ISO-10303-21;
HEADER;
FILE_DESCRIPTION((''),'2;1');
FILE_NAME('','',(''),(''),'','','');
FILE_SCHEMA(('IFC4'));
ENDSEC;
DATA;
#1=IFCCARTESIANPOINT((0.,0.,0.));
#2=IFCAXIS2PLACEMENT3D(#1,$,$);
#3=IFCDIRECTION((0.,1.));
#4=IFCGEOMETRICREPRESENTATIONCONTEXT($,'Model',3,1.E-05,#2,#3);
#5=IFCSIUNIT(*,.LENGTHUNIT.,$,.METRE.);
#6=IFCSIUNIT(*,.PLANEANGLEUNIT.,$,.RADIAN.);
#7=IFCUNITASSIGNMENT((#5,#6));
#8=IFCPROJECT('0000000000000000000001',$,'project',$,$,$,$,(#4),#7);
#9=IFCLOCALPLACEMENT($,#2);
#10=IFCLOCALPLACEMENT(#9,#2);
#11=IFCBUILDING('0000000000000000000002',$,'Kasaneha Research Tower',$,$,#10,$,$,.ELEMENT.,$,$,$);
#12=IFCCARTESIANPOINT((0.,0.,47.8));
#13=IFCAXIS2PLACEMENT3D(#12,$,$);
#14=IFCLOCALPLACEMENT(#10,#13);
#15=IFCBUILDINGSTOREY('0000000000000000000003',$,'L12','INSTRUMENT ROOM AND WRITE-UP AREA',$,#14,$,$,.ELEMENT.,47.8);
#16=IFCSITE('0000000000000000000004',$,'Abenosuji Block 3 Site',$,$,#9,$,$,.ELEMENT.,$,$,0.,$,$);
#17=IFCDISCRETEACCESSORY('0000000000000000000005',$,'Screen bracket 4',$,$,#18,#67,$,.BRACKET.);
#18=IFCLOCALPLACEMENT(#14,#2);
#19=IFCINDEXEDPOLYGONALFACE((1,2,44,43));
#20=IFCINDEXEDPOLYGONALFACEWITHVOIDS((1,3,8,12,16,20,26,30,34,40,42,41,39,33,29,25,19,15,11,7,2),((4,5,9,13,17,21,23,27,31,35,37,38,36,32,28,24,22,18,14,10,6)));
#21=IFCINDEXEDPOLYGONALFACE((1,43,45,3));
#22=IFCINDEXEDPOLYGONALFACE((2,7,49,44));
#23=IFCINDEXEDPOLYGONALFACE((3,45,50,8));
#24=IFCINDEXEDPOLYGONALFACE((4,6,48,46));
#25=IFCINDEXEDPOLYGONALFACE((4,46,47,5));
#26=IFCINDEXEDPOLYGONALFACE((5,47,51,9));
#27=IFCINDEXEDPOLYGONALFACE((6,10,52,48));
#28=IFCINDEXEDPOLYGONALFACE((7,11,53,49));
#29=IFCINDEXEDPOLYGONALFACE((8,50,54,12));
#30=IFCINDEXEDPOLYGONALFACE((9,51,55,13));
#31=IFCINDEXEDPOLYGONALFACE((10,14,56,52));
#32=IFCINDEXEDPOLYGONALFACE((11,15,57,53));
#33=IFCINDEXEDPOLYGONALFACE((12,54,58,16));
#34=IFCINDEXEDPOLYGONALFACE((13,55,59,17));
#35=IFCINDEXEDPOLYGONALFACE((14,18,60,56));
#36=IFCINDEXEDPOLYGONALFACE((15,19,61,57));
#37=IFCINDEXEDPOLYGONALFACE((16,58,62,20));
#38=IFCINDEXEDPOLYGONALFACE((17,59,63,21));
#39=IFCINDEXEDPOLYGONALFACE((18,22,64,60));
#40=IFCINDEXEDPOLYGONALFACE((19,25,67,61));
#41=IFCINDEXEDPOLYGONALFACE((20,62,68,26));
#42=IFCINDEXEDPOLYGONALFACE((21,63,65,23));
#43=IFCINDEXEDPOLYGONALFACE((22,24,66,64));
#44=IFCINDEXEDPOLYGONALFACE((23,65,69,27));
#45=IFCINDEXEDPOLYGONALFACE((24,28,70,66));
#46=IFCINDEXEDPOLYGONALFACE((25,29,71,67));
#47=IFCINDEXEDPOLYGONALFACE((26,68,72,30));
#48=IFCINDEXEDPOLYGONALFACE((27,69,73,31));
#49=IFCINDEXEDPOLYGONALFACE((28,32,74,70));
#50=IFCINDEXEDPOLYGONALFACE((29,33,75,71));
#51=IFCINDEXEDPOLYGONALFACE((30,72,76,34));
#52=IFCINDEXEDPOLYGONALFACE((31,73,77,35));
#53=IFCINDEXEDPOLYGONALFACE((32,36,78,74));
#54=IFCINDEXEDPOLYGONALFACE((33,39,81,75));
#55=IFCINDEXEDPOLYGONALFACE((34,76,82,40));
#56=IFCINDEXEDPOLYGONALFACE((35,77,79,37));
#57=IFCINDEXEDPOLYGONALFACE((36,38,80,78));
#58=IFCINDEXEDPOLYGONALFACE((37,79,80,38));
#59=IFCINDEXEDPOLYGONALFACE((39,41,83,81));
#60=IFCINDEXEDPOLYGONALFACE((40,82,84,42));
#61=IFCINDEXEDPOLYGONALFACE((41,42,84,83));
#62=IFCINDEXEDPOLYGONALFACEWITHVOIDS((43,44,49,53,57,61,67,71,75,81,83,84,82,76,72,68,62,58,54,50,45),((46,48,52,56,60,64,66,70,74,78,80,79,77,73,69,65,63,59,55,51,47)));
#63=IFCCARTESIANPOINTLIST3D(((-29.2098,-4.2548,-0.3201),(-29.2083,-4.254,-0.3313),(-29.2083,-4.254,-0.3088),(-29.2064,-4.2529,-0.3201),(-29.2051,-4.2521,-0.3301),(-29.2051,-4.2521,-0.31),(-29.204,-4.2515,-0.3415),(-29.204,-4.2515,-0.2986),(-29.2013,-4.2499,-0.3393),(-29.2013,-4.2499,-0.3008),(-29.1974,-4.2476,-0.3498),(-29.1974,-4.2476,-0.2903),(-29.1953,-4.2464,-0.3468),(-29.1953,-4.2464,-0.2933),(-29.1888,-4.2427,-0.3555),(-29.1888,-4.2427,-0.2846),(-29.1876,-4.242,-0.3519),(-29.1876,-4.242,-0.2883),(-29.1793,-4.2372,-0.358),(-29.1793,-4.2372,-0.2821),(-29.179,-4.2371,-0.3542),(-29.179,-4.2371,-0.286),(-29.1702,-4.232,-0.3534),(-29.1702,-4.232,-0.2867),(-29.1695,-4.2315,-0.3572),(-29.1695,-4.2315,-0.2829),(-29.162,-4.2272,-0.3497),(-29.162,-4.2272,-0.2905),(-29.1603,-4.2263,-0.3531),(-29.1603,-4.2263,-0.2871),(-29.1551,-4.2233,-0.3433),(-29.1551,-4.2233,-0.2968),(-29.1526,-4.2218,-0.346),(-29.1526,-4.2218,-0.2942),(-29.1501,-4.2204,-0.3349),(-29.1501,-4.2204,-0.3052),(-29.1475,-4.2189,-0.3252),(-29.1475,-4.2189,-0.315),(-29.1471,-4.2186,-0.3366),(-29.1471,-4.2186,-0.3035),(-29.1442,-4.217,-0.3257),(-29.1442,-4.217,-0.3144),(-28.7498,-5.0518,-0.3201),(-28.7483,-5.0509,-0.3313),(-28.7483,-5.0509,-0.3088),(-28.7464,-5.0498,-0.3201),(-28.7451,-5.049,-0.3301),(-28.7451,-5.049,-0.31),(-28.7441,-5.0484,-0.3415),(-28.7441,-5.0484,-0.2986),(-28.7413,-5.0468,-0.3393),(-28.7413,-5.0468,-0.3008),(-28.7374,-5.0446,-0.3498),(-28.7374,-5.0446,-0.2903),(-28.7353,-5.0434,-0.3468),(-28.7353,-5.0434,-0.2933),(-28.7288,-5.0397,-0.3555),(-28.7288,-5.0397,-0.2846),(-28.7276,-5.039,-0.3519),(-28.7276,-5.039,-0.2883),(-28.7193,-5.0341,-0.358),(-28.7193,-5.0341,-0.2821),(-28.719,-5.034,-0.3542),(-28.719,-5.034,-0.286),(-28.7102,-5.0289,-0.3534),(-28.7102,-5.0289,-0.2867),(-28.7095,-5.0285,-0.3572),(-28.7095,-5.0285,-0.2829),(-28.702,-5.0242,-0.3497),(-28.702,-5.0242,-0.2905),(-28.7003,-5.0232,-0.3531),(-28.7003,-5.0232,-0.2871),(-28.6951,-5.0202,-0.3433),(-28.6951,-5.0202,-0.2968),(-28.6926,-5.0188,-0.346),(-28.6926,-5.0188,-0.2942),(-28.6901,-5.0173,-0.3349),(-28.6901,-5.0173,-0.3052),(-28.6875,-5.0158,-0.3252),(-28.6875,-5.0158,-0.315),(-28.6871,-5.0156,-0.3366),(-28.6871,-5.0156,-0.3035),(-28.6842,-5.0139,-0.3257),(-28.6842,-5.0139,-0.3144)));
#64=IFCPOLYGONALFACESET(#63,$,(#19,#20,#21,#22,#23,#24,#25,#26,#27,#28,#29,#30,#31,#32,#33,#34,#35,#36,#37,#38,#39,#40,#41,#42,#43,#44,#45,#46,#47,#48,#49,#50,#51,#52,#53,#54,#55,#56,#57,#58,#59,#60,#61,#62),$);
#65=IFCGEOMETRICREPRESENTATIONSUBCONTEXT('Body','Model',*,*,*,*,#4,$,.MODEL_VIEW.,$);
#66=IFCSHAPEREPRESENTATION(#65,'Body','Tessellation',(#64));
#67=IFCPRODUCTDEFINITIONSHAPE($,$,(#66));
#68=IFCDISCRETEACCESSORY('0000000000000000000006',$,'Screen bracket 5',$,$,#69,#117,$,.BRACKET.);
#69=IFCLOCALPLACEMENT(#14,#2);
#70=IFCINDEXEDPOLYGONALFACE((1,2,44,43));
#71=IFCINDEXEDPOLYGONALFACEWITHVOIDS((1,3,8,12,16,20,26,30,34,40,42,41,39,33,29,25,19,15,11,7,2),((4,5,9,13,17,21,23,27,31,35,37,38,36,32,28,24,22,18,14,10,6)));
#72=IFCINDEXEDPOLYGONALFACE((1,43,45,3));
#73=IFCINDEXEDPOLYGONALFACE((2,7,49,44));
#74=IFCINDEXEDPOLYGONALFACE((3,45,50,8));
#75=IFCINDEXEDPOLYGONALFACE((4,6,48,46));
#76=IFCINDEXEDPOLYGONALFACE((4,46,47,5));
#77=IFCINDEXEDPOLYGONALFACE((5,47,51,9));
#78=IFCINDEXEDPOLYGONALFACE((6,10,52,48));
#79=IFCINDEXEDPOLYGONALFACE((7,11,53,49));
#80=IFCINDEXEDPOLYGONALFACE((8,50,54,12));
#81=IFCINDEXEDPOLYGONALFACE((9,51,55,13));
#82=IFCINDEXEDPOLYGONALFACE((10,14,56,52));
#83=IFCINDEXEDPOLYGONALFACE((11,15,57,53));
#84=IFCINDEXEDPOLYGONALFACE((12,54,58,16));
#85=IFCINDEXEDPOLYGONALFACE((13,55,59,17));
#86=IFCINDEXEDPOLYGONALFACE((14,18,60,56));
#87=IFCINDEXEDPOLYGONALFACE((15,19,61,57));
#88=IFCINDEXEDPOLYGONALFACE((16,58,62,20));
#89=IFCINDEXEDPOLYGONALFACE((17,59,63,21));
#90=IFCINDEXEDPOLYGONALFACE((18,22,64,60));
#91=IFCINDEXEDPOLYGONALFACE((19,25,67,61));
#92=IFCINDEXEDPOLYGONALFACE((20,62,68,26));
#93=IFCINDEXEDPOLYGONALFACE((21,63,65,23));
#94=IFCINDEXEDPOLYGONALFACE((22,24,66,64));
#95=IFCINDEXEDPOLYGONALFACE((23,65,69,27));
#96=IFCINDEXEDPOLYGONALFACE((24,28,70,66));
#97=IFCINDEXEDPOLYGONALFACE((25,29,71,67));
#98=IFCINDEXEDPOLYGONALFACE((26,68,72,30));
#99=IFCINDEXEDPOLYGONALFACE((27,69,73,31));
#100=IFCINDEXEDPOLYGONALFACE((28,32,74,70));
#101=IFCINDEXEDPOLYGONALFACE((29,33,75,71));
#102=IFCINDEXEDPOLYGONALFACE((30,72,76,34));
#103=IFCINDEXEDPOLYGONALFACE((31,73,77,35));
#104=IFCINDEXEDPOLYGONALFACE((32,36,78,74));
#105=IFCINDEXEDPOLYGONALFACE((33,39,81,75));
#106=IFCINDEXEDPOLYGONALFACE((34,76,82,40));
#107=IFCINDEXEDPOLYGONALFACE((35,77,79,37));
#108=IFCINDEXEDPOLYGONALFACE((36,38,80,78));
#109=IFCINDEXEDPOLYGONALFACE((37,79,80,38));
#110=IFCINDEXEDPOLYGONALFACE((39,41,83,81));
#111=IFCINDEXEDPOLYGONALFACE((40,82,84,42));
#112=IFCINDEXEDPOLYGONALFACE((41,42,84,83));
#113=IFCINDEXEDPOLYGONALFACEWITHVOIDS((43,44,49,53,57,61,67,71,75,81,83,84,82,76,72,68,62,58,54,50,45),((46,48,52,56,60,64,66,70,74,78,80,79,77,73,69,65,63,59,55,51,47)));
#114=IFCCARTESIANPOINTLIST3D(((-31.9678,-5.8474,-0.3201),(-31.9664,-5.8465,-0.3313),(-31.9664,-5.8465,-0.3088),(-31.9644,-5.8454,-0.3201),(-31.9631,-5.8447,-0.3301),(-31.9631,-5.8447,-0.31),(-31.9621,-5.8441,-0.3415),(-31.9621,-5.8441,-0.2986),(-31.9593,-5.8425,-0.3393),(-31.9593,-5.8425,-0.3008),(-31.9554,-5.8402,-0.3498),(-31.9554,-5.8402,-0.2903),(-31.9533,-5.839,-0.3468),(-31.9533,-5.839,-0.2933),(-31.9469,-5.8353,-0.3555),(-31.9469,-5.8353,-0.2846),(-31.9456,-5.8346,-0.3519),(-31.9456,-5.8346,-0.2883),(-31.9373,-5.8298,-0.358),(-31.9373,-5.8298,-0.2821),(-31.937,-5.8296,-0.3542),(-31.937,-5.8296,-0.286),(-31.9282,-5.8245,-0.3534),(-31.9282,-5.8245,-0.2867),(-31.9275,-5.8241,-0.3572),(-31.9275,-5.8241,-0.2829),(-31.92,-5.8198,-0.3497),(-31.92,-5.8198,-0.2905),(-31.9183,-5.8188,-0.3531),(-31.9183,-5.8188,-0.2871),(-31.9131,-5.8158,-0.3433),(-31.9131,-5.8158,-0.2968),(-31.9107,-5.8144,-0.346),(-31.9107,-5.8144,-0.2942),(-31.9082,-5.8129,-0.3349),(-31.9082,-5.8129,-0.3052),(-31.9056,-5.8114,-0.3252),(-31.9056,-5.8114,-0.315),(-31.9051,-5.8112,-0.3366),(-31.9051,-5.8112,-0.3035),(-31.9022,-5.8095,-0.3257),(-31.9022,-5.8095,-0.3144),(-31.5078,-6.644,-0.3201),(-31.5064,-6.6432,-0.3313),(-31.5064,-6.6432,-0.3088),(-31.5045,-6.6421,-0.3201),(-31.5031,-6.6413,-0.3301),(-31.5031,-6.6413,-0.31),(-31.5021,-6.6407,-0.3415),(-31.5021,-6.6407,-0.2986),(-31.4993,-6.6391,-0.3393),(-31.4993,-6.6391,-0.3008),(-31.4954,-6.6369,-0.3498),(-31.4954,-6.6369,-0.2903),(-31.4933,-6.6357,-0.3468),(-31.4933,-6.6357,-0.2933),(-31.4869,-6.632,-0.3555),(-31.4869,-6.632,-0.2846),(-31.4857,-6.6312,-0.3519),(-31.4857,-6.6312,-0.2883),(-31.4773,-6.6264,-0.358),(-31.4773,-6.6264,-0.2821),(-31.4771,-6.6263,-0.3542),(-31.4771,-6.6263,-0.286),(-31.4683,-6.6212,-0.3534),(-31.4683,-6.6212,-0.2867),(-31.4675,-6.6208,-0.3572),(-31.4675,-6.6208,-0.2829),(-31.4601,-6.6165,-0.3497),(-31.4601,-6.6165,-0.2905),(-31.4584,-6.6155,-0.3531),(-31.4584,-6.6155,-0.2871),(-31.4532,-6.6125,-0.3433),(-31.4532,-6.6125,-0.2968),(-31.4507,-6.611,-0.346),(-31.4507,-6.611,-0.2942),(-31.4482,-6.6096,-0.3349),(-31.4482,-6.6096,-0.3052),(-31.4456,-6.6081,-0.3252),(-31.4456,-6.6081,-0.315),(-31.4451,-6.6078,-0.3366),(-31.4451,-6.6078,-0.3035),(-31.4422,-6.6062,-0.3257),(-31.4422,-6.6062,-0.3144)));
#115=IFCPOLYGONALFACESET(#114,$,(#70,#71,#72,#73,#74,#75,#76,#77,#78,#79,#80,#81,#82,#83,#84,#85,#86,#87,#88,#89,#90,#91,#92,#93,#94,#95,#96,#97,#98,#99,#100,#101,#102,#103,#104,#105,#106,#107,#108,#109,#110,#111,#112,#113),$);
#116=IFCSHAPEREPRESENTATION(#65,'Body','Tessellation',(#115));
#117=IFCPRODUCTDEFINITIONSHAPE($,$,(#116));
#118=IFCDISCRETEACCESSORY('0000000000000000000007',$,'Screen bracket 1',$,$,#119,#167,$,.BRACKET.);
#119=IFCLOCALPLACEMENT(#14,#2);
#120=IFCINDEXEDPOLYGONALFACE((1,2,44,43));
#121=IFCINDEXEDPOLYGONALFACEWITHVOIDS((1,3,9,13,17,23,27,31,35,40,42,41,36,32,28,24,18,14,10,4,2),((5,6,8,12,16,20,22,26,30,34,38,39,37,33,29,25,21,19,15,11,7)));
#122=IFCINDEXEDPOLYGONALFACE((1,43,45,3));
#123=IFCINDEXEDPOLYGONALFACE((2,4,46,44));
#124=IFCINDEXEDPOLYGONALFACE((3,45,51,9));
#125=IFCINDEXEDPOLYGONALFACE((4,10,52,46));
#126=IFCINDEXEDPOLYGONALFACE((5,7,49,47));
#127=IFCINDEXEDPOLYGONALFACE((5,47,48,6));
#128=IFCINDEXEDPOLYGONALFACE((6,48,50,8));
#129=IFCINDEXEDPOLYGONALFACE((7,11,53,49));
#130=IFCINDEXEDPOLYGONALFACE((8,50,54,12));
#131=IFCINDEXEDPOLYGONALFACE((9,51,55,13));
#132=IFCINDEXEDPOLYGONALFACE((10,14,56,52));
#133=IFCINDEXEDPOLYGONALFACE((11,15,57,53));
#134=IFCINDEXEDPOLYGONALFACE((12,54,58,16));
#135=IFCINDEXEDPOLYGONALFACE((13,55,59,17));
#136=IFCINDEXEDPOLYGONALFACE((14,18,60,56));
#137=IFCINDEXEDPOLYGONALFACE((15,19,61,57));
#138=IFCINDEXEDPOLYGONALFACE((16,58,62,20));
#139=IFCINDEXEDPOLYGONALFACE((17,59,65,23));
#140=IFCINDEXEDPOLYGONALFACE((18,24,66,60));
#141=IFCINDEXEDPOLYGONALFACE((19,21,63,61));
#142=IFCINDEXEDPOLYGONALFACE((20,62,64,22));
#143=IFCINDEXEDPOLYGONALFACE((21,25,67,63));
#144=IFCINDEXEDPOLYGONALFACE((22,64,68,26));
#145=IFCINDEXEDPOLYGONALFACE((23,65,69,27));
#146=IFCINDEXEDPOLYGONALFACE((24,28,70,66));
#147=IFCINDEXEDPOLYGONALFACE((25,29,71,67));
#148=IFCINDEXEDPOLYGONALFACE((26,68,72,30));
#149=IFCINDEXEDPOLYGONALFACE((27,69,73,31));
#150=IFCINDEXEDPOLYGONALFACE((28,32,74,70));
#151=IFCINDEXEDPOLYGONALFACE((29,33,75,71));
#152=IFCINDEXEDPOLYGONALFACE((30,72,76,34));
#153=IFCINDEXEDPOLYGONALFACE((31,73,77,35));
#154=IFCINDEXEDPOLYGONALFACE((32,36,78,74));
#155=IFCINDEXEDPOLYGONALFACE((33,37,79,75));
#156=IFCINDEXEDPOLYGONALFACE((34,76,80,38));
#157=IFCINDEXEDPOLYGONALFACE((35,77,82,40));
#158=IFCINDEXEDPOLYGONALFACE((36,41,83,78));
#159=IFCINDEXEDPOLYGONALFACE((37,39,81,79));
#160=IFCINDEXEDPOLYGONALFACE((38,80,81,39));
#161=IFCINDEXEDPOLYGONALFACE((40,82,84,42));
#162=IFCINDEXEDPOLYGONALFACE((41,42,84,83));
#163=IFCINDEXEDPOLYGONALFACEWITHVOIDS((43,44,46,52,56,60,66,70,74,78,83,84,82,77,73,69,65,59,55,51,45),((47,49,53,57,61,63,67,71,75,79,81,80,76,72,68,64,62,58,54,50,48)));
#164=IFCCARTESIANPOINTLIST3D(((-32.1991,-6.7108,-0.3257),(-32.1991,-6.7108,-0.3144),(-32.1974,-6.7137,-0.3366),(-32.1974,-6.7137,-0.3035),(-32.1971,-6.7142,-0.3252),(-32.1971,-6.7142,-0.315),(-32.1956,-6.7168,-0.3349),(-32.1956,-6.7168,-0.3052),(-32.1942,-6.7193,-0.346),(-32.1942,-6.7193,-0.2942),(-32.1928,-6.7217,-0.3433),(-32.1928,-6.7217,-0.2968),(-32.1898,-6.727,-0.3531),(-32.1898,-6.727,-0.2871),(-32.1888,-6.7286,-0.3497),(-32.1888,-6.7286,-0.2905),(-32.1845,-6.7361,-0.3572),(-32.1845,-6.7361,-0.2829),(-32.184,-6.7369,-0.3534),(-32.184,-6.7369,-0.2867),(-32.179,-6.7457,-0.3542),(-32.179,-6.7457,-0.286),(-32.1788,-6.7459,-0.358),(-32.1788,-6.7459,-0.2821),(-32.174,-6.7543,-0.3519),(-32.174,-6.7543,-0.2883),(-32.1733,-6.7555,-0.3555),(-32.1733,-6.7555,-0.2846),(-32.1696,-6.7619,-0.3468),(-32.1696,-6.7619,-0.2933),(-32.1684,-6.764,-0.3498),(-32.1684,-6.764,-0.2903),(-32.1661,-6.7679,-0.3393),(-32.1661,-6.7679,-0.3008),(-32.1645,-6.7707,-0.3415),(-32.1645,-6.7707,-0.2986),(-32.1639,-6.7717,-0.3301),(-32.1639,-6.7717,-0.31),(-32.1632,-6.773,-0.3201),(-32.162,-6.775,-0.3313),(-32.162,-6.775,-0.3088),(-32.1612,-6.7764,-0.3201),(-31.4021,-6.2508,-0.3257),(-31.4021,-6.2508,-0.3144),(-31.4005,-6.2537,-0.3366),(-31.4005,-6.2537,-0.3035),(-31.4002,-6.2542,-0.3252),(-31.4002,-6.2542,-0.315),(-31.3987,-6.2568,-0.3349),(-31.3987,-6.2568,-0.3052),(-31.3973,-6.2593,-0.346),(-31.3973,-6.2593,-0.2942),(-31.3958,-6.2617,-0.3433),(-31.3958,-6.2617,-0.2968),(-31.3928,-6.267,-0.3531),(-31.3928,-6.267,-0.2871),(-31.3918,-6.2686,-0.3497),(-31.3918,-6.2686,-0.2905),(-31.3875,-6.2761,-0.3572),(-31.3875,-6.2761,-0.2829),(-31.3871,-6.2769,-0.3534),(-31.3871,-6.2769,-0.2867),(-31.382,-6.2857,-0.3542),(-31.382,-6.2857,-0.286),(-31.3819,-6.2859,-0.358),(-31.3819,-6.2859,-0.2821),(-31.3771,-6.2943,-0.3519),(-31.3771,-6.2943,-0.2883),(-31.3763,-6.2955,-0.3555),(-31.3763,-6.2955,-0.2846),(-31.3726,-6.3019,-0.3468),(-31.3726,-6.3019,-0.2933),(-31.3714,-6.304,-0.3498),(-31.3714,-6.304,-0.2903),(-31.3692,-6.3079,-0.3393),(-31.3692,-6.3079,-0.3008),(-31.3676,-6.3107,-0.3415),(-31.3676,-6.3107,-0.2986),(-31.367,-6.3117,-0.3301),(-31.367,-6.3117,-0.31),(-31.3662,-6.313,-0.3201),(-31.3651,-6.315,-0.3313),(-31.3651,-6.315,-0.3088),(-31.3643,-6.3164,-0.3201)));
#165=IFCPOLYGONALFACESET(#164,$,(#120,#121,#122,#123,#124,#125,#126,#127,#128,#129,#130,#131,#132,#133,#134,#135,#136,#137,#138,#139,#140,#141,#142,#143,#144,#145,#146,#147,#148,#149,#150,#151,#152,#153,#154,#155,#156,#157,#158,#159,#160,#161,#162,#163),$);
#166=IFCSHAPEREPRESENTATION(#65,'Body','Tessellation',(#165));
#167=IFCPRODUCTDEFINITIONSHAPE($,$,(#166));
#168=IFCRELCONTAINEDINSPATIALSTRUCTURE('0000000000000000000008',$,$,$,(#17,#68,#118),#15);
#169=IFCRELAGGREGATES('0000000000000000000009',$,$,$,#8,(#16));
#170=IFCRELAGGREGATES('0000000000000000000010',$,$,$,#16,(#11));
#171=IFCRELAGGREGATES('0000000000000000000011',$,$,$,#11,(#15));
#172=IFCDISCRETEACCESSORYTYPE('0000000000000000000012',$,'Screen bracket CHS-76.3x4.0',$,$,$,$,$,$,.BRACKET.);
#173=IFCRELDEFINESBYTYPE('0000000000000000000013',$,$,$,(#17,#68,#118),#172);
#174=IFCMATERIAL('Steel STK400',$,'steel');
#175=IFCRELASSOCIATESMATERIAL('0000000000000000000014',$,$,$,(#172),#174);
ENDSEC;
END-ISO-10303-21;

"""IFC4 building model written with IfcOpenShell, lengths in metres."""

from ifc_helpers import new_model, si_unit, direction, frame, origin, origin_2d, place, context, subcontext, project, spatial, hollow_circle, extrude, material, material_profile, profile_set, type_object, element, save


model = new_model("IFC4")

# Units and contexts
model_context = context("Model", 3, precision=1e-05, world=origin(), true_north=direction((0.0, 1.0)))
body_context = subcontext(model_context, "Body", "Model", "MODEL_VIEW")
ifc_project = project(units=[si_unit("LENGTHUNIT", "METRE"), si_unit("PLANEANGLEUNIT", "RADIAN")], contexts=[model_context])

# Site, building, storey
site_placement = place(None, origin())
site = spatial("IfcSite", under=ifc_project, at=site_placement, Name="Abenosuji Block 3 Site", CompositionType="ELEMENT", RefElevation=0.0)
building_placement = place(site_placement, origin())
building = spatial("IfcBuilding", under=site, at=building_placement, Name="Kasaneha Research Tower", CompositionType="ELEMENT")
storey_placement = place(building_placement, frame((0.0, 0.0, 47.8)))
storey = spatial("IfcBuildingStorey", under=building, at=storey_placement, Name="L12", Description="INSTRUMENT ROOM AND WRITE-UP AREA", CompositionType="ELEMENT", Elevation=47.8)

# Discrete accessories
ifc_material_1 = material(Name="Steel STK400", Category="steel")
ifc_material_profile_1 = material_profile(ifc_material_1, hollow_circle(Radius=0.0381, WallThickness=0.0039, at=origin_2d()), Name="CHS-76.3x4.0")
ifc_profile_set_1 = profile_set([ifc_material_profile_1], Name="Steel STK400")
discrete_accessory_type = type_object("IfcDiscreteAccessoryType", Name="Screen bracket CHS-76.3x4.0", PredefinedType="BRACKET", material=ifc_profile_set_1)
discrete_accessory_1_placement = place(storey_placement, frame((-28.7168, -5.0327, -0.3201), z_axis=(-0.499906, 0.86608, 0.0), x_axis=(-0.86608, -0.499906, 0.0)))
element("IfcDiscreteAccessory", 1, at=discrete_accessory_1_placement, inside=storey, type_object=discrete_accessory_type, Name="Screen bracket 4", PredefinedType="BRACKET", context=body_context, shape_type="SweptSolid", body=[
    extrude(hollow_circle(Radius=0.0381, WallThickness=0.0039, at=origin_2d()), origin(), (0.0, 0.0, 1.0), 0.9202),
])
discrete_accessory_2_placement = place(storey_placement, frame((-31.4749, -6.625, -0.3201), z_axis=(-0.500021, 0.866013, 0.0), x_axis=(-0.866013, -0.500021, 0.0)))
element("IfcDiscreteAccessory", 2, at=discrete_accessory_2_placement, inside=storey, type_object=discrete_accessory_type, Name="Screen bracket 5", PredefinedType="BRACKET", context=body_context, shape_type="SweptSolid", body=[
    extrude(hollow_circle(Radius=0.0381, WallThickness=0.0039, at=origin_2d()), origin(), (0.0, 0.0, 1.0), 0.9199),
])
discrete_accessory_3_placement = place(storey_placement, frame((-31.3833, -6.2834, -0.3201), z_axis=(-0.86608, -0.499906, 0.0), x_axis=(0.499906, -0.86608, 0.0)))
element("IfcDiscreteAccessory", 3, at=discrete_accessory_3_placement, inside=storey, type_object=discrete_accessory_type, Name="Screen bracket 1", PredefinedType="BRACKET", context=body_context, shape_type="SweptSolid", body=[
    extrude(hollow_circle(Radius=0.0381, WallThickness=0.0039, at=origin_2d()), origin(), (0.0, 0.0, 1.0), 0.9202),
])

save(model, "model.ifc")
